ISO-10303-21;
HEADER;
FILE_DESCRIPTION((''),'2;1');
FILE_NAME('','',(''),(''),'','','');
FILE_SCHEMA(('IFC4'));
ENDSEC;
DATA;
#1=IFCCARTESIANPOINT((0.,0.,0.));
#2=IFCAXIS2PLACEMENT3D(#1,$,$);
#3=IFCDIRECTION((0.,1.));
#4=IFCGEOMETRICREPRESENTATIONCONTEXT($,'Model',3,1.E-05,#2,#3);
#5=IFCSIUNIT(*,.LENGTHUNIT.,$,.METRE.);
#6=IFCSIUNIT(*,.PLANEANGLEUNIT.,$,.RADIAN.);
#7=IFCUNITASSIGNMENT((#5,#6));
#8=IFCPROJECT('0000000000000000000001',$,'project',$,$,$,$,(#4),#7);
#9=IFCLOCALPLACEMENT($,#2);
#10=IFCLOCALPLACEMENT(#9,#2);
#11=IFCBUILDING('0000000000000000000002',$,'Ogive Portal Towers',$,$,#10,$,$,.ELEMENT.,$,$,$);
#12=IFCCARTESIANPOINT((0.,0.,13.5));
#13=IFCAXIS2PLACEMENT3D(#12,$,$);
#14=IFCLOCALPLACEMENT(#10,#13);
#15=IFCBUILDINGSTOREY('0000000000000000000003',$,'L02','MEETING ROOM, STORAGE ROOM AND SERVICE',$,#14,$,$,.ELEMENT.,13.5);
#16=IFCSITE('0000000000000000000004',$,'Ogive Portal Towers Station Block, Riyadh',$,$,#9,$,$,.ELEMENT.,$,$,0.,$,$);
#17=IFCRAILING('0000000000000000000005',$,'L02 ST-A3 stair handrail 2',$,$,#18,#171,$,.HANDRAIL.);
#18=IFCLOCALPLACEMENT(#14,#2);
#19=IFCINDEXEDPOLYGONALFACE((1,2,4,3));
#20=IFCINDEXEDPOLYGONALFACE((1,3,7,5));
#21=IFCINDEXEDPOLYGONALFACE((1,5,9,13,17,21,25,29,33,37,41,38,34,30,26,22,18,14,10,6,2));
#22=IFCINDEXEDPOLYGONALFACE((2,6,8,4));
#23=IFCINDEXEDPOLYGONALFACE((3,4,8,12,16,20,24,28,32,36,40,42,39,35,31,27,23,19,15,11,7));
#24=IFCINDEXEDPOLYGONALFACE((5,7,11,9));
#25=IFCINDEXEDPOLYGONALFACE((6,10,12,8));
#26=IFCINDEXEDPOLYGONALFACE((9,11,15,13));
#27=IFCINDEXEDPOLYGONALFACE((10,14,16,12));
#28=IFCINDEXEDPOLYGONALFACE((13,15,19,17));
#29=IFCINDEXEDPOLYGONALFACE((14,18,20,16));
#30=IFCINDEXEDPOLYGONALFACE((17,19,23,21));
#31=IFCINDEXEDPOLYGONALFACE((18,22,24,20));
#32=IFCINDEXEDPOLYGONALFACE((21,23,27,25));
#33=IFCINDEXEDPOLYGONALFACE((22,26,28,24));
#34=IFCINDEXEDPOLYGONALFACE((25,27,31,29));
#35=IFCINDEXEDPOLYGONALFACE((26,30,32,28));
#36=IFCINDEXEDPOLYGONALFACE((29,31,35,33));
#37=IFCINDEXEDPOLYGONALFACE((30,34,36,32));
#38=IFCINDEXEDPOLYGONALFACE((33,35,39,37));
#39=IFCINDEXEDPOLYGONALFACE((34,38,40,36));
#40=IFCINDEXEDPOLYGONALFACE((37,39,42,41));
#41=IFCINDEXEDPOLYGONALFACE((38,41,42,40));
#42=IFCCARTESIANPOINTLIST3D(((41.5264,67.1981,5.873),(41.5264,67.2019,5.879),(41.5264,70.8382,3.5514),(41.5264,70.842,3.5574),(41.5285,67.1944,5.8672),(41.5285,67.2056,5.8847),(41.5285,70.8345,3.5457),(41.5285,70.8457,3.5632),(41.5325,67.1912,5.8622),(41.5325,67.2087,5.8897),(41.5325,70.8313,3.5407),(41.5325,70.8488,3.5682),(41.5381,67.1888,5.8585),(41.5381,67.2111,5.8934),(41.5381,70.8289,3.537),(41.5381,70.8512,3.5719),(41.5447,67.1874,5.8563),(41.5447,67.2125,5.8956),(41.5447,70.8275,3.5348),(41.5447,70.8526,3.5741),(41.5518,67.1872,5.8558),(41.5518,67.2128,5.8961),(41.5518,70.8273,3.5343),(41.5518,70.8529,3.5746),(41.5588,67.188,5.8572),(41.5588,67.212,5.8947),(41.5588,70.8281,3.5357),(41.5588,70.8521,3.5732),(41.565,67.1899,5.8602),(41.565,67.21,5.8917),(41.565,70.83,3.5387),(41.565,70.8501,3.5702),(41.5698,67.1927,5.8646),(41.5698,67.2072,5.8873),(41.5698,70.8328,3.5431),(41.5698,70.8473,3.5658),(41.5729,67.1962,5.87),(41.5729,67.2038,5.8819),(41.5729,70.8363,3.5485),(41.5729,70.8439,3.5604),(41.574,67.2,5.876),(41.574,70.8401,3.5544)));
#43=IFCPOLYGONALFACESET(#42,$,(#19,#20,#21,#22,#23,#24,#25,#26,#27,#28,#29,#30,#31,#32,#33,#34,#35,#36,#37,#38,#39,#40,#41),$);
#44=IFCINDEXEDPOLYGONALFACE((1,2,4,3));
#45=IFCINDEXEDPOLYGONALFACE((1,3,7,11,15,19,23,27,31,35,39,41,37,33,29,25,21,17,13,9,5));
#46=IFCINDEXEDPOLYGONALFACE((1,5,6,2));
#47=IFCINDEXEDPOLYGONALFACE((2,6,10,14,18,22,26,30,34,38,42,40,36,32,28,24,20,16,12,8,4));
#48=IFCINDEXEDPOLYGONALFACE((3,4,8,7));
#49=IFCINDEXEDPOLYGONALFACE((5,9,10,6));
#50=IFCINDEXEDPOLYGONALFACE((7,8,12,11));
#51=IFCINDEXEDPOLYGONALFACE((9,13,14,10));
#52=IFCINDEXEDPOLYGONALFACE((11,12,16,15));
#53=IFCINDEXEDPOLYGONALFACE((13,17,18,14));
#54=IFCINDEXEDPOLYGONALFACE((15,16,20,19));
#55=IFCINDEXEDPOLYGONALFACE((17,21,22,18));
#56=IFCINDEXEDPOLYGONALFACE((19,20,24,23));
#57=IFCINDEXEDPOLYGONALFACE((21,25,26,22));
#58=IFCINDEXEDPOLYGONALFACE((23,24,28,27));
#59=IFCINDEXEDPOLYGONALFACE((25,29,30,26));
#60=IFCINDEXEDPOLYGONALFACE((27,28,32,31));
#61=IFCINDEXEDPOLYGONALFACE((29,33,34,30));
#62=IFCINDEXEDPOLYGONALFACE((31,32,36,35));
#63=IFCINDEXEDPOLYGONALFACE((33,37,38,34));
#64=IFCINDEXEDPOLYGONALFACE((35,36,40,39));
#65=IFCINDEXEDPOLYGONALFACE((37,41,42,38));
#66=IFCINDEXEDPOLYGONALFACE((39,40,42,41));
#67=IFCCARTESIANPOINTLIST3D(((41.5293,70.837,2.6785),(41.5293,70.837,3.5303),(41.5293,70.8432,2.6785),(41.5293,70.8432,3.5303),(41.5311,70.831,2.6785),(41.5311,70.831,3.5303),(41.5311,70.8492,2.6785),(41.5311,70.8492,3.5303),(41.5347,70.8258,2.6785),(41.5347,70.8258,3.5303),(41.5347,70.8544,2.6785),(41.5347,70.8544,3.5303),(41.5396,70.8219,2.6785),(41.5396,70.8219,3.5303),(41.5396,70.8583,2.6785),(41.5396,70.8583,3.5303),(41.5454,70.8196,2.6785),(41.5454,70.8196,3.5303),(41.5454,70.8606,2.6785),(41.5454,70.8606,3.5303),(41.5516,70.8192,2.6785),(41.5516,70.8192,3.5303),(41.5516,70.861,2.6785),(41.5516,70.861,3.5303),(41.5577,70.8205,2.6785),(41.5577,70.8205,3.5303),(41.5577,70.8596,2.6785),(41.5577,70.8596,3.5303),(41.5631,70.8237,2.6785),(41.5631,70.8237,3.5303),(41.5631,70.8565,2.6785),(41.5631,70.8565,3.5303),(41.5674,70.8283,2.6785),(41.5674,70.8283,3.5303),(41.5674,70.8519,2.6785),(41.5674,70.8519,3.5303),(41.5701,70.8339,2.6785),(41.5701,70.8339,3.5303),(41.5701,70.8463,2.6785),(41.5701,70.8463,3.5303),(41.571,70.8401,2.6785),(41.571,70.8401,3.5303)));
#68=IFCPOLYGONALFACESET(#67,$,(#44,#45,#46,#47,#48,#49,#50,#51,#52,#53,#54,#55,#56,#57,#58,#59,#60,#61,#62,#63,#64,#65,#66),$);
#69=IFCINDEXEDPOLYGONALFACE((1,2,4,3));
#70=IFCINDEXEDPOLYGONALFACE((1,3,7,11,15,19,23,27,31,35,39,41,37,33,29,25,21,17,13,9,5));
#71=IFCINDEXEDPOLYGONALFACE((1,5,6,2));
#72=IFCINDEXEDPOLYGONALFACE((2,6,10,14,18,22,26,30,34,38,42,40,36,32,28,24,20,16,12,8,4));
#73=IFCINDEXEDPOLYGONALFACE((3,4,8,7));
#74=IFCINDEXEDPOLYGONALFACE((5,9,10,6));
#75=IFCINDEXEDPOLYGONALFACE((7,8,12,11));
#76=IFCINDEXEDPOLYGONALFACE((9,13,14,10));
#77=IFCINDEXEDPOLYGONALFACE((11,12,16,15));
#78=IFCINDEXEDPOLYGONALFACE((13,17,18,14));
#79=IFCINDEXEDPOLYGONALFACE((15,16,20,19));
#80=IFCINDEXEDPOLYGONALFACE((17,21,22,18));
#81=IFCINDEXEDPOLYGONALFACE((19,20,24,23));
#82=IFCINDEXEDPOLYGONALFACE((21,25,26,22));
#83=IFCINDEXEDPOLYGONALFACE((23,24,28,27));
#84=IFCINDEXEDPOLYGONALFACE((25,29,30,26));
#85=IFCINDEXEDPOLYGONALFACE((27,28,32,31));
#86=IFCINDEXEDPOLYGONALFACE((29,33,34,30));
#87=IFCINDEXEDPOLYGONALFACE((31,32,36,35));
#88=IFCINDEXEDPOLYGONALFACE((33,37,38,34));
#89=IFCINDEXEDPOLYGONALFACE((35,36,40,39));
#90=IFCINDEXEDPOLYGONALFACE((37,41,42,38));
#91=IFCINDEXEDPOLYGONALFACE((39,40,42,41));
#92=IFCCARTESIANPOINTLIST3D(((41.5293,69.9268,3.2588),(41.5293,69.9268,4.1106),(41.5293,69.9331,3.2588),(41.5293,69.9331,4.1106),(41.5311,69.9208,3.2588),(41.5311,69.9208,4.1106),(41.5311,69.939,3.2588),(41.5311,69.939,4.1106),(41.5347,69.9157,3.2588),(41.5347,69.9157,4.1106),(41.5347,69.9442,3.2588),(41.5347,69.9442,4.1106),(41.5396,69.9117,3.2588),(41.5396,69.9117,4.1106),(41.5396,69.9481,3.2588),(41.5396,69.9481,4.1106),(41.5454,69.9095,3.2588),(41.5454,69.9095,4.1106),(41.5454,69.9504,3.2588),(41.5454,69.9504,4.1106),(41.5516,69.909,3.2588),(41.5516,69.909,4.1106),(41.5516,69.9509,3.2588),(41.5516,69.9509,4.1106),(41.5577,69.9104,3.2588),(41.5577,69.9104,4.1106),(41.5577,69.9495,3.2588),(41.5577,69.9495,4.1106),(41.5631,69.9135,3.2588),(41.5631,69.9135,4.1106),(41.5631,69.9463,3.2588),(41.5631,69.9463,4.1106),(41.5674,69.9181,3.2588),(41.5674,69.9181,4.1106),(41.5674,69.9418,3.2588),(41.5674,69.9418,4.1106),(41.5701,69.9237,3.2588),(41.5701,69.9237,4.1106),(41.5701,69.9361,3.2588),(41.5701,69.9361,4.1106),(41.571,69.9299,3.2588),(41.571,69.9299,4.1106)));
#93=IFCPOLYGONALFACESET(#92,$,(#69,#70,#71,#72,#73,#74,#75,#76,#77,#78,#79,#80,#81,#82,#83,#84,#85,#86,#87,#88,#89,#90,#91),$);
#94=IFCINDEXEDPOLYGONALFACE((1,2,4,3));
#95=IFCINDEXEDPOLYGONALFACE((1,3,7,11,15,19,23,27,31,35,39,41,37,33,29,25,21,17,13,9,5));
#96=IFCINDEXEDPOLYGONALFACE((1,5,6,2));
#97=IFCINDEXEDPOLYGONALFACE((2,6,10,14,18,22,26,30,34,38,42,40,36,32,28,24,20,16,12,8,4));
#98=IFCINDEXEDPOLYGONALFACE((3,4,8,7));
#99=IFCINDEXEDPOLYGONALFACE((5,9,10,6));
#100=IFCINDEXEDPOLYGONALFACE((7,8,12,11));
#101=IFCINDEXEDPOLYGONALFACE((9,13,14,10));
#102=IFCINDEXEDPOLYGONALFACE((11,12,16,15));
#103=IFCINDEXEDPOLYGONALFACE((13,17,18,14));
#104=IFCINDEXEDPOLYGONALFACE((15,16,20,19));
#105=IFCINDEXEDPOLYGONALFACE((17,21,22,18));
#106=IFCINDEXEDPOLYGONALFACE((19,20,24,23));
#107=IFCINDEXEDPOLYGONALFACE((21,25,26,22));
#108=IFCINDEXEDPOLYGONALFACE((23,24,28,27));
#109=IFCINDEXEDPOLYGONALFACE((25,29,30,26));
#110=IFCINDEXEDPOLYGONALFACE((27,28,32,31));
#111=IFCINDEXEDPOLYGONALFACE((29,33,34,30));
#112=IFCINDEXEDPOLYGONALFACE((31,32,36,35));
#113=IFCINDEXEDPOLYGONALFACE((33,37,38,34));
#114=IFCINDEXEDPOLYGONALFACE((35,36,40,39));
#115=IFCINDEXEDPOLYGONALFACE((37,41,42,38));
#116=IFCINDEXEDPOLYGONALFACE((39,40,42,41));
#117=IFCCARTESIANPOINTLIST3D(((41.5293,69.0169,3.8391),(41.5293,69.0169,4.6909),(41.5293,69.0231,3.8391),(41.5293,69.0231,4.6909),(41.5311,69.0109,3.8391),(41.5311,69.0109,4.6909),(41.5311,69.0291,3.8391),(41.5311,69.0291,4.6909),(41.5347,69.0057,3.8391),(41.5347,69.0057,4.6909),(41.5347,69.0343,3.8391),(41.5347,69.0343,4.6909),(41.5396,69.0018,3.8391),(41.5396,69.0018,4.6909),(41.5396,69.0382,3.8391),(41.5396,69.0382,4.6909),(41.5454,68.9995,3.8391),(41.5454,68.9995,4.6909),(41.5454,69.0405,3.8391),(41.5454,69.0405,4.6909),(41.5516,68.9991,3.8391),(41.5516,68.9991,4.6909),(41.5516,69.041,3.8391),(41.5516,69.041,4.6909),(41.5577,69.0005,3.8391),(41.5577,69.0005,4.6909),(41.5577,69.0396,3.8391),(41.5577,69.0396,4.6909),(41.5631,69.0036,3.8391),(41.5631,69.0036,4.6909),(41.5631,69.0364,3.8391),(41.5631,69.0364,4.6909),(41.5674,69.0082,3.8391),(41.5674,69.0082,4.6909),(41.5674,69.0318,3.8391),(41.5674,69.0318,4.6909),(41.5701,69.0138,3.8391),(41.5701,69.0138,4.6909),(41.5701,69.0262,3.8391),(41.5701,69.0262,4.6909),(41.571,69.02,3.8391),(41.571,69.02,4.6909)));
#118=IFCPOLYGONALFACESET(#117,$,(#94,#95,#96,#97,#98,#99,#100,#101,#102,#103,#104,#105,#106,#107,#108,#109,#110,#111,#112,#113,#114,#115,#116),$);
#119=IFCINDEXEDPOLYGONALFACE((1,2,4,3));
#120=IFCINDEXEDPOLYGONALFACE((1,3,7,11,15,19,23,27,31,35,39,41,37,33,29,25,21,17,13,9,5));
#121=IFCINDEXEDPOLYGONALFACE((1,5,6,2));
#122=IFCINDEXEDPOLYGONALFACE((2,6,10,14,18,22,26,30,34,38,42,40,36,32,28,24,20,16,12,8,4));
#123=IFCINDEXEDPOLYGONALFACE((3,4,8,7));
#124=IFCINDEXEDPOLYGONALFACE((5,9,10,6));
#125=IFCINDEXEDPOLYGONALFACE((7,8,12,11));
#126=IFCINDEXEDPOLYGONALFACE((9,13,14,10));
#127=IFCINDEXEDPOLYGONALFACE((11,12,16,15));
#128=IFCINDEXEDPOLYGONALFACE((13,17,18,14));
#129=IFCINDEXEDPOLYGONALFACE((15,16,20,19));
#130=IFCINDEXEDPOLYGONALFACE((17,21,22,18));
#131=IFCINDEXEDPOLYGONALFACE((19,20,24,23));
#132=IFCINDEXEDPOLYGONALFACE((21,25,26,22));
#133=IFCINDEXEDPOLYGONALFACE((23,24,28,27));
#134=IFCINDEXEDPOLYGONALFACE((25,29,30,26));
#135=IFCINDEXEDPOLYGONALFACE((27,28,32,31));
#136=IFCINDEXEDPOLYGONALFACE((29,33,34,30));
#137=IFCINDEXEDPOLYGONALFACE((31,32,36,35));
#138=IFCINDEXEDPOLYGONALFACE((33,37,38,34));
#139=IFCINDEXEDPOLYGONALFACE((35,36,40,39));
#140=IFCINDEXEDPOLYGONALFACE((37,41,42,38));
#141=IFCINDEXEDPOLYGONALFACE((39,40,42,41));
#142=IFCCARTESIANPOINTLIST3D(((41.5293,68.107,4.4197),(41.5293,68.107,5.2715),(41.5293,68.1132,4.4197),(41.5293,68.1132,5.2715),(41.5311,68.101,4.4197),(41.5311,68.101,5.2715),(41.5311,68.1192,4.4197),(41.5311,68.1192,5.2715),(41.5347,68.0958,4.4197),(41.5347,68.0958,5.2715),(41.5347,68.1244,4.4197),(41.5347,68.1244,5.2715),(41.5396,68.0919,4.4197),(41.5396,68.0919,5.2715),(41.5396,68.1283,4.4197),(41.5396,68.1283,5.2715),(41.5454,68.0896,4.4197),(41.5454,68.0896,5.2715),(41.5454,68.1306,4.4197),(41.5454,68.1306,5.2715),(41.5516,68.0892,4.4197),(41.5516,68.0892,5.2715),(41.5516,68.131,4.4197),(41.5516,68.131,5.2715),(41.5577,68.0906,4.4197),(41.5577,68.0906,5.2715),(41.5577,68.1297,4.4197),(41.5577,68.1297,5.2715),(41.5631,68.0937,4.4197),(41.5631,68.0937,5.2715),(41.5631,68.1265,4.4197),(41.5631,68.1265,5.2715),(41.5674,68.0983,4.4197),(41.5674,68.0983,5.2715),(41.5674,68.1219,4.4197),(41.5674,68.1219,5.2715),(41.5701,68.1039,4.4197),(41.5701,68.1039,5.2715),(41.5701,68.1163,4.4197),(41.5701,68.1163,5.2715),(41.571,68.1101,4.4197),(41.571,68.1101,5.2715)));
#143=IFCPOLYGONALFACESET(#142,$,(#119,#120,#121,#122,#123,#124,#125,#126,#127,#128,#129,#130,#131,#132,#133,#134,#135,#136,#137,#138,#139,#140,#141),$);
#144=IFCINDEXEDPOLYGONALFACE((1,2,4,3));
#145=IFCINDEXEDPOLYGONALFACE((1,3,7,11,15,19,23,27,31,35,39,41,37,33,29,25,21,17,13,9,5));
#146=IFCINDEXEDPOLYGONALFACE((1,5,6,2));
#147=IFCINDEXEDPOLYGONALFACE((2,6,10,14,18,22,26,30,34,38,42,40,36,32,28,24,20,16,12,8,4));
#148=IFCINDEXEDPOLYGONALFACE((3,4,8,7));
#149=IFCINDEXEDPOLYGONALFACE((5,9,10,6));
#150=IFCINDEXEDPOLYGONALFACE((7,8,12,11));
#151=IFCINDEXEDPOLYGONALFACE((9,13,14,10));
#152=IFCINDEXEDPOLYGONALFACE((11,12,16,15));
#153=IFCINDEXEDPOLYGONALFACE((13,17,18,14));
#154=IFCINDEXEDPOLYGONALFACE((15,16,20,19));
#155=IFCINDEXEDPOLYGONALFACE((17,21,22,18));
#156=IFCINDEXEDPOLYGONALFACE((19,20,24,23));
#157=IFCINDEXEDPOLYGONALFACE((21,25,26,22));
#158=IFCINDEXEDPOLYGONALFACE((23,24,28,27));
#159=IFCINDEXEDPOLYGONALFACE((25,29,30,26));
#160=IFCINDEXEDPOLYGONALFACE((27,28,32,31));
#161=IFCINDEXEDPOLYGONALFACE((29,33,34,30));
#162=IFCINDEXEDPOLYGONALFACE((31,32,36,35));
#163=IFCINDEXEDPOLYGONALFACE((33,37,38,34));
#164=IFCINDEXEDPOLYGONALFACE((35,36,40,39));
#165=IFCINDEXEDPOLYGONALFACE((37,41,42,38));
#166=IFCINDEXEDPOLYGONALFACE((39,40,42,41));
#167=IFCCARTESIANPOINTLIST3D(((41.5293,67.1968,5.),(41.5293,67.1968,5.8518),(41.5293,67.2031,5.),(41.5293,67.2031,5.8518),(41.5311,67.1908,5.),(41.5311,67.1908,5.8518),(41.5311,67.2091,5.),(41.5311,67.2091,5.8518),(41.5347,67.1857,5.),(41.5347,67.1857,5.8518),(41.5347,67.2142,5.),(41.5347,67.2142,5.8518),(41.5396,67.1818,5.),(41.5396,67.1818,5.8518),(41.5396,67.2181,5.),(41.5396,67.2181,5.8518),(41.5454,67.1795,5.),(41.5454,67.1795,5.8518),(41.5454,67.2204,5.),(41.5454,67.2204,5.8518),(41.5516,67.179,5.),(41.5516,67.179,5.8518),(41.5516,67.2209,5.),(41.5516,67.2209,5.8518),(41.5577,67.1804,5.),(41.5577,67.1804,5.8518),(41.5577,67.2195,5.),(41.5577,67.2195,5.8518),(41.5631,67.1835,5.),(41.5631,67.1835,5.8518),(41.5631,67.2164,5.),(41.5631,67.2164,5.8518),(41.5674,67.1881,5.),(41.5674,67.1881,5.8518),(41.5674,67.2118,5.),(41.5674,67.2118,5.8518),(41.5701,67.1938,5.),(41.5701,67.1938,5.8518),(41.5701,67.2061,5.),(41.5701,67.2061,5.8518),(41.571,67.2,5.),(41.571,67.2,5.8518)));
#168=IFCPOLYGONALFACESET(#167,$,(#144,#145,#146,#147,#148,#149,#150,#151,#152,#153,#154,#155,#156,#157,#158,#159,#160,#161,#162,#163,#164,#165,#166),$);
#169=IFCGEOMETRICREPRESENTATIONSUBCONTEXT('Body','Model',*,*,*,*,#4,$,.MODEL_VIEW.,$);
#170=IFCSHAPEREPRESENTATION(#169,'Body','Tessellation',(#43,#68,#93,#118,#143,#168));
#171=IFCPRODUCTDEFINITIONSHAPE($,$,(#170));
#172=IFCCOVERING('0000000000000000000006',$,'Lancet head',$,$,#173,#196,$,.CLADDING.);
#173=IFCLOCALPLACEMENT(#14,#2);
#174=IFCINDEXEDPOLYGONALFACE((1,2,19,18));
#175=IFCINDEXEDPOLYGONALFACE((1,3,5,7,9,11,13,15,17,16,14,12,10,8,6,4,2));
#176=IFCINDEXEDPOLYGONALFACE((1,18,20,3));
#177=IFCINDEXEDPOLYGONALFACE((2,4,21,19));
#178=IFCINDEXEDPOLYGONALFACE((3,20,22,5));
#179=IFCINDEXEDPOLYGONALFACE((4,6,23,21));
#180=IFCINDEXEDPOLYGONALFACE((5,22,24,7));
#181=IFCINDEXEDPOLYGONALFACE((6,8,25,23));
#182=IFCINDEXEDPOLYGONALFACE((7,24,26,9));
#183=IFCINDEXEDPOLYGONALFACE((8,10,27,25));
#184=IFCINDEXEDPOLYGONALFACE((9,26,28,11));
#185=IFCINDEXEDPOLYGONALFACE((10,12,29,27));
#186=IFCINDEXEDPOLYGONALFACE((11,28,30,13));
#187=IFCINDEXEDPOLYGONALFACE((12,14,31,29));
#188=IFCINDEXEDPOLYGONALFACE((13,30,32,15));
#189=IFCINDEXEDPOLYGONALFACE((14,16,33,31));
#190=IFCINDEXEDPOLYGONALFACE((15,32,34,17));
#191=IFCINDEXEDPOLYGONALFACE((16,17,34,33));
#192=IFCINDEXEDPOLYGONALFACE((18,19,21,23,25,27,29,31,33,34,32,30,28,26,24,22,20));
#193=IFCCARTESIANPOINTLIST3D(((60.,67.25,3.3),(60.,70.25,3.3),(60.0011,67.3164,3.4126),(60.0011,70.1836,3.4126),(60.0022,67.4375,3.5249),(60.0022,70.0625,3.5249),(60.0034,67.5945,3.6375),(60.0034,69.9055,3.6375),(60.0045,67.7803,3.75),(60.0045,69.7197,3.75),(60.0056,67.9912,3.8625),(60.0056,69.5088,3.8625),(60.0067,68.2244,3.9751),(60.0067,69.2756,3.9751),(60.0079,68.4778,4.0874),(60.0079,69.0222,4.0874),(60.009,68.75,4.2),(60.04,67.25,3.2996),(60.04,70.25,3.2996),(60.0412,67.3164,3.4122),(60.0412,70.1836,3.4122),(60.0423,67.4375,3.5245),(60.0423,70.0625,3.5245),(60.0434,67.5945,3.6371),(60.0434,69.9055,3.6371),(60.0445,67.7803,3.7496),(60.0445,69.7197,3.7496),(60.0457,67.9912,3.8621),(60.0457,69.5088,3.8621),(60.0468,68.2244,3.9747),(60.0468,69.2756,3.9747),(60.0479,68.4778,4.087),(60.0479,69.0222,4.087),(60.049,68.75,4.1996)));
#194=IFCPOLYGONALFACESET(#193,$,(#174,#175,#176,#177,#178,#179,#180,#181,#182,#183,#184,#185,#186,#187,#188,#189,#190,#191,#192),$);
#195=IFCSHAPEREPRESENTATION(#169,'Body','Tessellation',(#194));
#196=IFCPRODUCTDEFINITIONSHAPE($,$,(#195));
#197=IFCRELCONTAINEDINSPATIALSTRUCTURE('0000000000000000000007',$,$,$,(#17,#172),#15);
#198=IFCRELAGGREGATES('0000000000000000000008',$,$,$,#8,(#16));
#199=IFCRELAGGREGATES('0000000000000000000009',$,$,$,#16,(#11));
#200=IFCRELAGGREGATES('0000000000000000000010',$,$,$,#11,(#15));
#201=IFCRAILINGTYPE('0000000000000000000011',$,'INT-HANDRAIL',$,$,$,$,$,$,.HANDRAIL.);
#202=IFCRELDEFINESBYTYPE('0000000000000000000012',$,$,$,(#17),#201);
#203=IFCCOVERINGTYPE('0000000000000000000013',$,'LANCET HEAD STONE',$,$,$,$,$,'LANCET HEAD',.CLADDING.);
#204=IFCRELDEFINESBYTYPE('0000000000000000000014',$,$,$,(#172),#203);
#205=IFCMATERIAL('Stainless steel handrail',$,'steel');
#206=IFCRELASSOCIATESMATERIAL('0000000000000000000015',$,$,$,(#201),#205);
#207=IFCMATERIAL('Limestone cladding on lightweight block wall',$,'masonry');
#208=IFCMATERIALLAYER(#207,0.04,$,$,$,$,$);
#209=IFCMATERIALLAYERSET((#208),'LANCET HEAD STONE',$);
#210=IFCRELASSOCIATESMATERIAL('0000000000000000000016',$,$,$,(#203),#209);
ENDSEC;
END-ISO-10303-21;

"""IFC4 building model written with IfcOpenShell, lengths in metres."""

from ifc_helpers import new_model, si_unit, direction, frame, origin, origin_2d, place, context, subcontext, project, spatial, polyline, circle, outline, extrude, material, layer, layer_set, type_object, element, save


model = new_model("IFC4")

# Units and contexts
model_context = context("Model", 3, precision=1e-05, world=origin(), true_north=direction((0.0, 1.0)))
body_context = subcontext(model_context, "Body", "Model", "MODEL_VIEW")
ifc_project = project(units=[si_unit("LENGTHUNIT", "METRE"), si_unit("PLANEANGLEUNIT", "RADIAN")], contexts=[model_context])

# Site, building, storey
site_placement = place(None, origin())
site = spatial("IfcSite", under=ifc_project, at=site_placement, Name="Ogive Portal Towers Station Block, Riyadh", CompositionType="ELEMENT", RefElevation=0.0)
building_placement = place(site_placement, origin())
building = spatial("IfcBuilding", under=site, at=building_placement, Name="Ogive Portal Towers", CompositionType="ELEMENT")
storey_placement = place(building_placement, frame((0.0, 0.0, 13.5)))
storey = spatial("IfcBuildingStorey", under=building, at=storey_placement, Name="L02", Description="MEETING ROOM, STORAGE ROOM AND SERVICE", CompositionType="ELEMENT", Elevation=13.5)

# Railing
ifc_material_1 = material(Name="Stainless steel handrail", Category="steel")
railing_type_1 = type_object("IfcRailingType", Name="INT-HANDRAIL", PredefinedType="HANDRAIL", material=ifc_material_1)
railing_1_placement = place(storey_placement, frame((41.55, 70.8401, 2.6785)))
element("IfcRailing", 1, at=railing_1_placement, inside=storey, type_object=railing_type_1, Name="L02 ST-A3 stair handrail 2", PredefinedType="HANDRAIL", context=body_context, shape_type="SweptSolid", body=[
    extrude(circle(Radius=0.0239, at=origin_2d()), frame((0.0, 0.0, 0.876), z_axis=(0.0, -0.843128, 0.537713), x_axis=(1.0, 0.0, 0.0)), (0.0, 0.0, 1.0), 4.3174),
    extrude(circle(Radius=0.021, at=origin_2d()), origin(), (0.0, 0.0, 1.0), 0.8518),
    extrude(circle(Radius=0.021, at=origin_2d()), frame((0.0, -0.9102, 0.5803)), (0.0, 0.0, 1.0), 0.8518),
    extrude(circle(Radius=0.021, at=origin_2d()), frame((0.0, -1.8201, 1.1606)), (0.0, 0.0, 1.0), 0.8518),
    extrude(circle(Radius=0.021, at=origin_2d()), frame((0.0, -2.73, 1.7412)), (0.0, 0.0, 1.0), 0.8518),
    extrude(circle(Radius=0.021, at=origin_2d()), frame((0.0, -3.6401, 2.3215)), (0.0, 0.0, 1.0), 0.8518),
])

# Covering
ifc_material_2 = material(Name="Limestone cladding on lightweight block wall", Category="masonry")
ifc_layer_1 = layer(ifc_material_2, 0.04)
ifc_layer_set_1 = layer_set([ifc_layer_1], Name="LANCET HEAD STONE")
covering_type_1 = type_object("IfcCoveringType", Name="LANCET HEAD STONE", ElementType="LANCET HEAD", PredefinedType="CLADDING", material=ifc_layer_set_1)
for number, where, z_axis, x_axis, name in (
    (2, (60.0, 67.25, 3.3), (-0.99995, 0.0, 0.009994), (0.0, 1.0, 0.0), "Lancet head"),
):
    element("IfcCovering", number, at=place(storey_placement, frame(where, z_axis=z_axis, x_axis=x_axis)), inside=storey, type_object=covering_type_1, Name=name, PredefinedType="CLADDING", context=body_context, shape_type="SweptSolid", body=[
        extrude(outline(polyline([(0.0, 0.0), (3.0, 0.0), (2.9336, -0.1126), (2.8125, -0.2249), (2.6555, -0.3374), (2.4697, -0.45), (2.2588, -0.5625), (2.0256, -0.6751), (1.7722, -0.7874), (1.5, -0.8999), (1.2278, -0.7874), (0.9744, -0.6751), (0.7412, -0.5625), (0.5303, -0.45), (0.3445, -0.3374), (0.1875, -0.2249), (0.0664, -0.1126), (0.0, 0.0)])), origin(), (0.0, 0.0, -1.0), 0.04),
    ])

save(model, "model.ifc")
